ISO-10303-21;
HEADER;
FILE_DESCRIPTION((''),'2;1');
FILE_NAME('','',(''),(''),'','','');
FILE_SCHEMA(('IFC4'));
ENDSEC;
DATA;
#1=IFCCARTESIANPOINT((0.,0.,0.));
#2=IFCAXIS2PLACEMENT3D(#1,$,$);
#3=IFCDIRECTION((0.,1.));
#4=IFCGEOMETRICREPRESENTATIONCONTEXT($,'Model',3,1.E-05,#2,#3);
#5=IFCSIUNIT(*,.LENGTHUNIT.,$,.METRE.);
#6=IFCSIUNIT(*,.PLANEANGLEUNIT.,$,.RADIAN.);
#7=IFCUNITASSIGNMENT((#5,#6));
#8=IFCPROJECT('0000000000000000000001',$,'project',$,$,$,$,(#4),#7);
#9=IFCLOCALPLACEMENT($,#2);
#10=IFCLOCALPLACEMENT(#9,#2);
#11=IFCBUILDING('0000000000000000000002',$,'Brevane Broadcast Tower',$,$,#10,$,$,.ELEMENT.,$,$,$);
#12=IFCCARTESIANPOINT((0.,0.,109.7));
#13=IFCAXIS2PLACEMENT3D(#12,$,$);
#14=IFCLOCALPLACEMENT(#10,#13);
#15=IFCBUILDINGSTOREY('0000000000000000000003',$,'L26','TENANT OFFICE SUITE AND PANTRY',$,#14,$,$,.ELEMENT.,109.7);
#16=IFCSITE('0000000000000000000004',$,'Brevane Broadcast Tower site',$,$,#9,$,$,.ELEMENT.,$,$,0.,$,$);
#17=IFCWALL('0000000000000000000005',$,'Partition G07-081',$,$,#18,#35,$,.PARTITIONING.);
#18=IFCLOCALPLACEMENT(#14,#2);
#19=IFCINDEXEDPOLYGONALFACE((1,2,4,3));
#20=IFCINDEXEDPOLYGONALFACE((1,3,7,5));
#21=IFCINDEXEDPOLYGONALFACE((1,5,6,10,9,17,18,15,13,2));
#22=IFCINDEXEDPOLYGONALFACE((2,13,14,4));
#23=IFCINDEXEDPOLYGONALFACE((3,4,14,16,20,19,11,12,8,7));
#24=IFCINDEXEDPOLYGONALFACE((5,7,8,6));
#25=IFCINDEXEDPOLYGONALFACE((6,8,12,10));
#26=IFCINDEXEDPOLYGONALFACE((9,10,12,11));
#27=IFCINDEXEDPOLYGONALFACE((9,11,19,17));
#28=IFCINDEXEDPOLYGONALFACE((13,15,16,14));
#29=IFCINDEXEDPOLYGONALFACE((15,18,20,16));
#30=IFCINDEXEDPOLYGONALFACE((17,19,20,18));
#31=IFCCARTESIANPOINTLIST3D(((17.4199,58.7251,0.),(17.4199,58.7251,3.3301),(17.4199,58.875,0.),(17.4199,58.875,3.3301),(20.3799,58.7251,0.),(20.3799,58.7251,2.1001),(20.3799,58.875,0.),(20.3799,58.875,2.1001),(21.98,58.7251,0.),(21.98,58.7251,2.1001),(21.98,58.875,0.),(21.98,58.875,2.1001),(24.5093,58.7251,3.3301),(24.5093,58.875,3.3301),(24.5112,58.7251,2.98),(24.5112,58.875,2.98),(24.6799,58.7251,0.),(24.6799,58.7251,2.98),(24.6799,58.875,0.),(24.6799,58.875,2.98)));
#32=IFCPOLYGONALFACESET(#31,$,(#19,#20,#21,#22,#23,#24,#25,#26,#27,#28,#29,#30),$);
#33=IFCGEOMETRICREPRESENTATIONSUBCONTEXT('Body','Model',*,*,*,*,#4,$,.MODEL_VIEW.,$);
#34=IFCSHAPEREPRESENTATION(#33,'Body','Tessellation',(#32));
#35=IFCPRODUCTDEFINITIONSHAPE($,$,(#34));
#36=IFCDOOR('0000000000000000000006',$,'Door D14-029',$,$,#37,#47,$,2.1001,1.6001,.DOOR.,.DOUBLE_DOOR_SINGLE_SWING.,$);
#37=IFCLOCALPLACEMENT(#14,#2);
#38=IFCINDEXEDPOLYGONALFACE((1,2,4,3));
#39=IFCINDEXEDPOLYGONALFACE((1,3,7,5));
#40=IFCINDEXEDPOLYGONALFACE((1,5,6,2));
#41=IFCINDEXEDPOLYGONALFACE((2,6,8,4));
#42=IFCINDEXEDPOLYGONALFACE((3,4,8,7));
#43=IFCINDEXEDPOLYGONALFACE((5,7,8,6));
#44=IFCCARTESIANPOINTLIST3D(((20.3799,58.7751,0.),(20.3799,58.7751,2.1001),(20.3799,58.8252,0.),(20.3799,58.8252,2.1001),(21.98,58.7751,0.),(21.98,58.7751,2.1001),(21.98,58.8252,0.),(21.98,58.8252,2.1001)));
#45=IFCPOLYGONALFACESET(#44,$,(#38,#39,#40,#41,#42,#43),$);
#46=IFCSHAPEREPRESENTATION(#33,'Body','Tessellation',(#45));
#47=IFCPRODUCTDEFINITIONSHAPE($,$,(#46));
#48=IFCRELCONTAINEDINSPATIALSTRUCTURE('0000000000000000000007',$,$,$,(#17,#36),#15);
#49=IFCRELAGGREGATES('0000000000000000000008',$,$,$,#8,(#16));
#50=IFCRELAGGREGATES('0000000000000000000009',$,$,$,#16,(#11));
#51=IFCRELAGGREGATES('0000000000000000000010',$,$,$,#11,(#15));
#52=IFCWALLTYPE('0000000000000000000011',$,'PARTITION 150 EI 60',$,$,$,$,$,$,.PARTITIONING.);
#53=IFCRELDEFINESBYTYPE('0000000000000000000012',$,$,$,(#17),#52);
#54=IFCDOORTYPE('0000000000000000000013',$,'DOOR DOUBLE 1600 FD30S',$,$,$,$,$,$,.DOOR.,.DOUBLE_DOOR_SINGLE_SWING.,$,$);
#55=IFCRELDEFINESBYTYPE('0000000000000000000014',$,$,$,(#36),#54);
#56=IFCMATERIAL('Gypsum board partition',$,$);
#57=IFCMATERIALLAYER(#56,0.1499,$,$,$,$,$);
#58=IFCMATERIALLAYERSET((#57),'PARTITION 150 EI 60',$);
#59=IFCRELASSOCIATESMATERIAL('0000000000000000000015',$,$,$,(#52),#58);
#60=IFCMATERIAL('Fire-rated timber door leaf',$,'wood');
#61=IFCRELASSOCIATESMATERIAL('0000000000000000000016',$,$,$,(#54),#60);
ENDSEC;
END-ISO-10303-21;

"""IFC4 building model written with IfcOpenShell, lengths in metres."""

from ifc_helpers import new_model, si_unit, direction, frame, frame_2d, origin, place, context, subcontext, project, spatial, polyline, rectangle, outline, extrude, material, layer, layer_set, type_object, element, fill, save


model = new_model("IFC4")

# Units and contexts
model_context = context("Model", 3, precision=1e-05, world=origin(), true_north=direction((0.0, 1.0)))
body_context = subcontext(model_context, "Body", "Model", "MODEL_VIEW")
ifc_project = project(units=[si_unit("LENGTHUNIT", "METRE"), si_unit("PLANEANGLEUNIT", "RADIAN")], contexts=[model_context])

# Site, building, storey
site_placement = place(None, origin())
site = spatial("IfcSite", under=ifc_project, at=site_placement, Name="Brevane Broadcast Tower site", CompositionType="ELEMENT", RefElevation=0.0)
building_placement = place(site_placement, origin())
building = spatial("IfcBuilding", under=site, at=building_placement, Name="Brevane Broadcast Tower", CompositionType="ELEMENT")
storey_placement = place(building_placement, frame((0.0, 0.0, 109.7)))
storey = spatial("IfcBuildingStorey", under=building, at=storey_placement, Name="L26", Description="TENANT OFFICE SUITE AND PANTRY", CompositionType="ELEMENT", Elevation=109.7)

# Shared definitions
ifc_material_1 = material(Name="Gypsum board partition")
ifc_layer_1 = layer(ifc_material_1, 0.1499)
ifc_layer_set_1 = layer_set([ifc_layer_1], Name="PARTITION 150 EI 60")
wall_type_1 = type_object("IfcWallType", Name="PARTITION 150 EI 60", PredefinedType="PARTITIONING", material=ifc_layer_set_1)

# Wall, opening, door
wall_1_placement = place(storey_placement, frame((24.6799, 58.8, 0.0), z_axis=(0.0, 0.0, 1.0), x_axis=(-1.0, 0.0, 0.0)))
wall_1 = element("IfcWall", 1, at=wall_1_placement, inside=storey, type_object=wall_type_1, Name="Partition G07-081", PredefinedType="PARTITIONING", context=body_context, shape_type="SweptSolid", body=[
    extrude(outline(polyline([(0.0, 0.0), (7.26, 0.0), (7.26, 3.3301), (0.1707, 3.3301), (0.1687, 2.98), (0.0, 2.98), (0.0, 0.0)])), frame((0.0, 0.075, 0.0), z_axis=(0.0, -1.0, 0.0), x_axis=(1.0, 0.0, 0.0)), (0.0, 0.0, 1.0), 0.1499),
])
opening_placement = place(wall_1_placement, frame((2.7, 0.0, 0.0)))
opening = element("IfcOpeningElement", 2, at=opening_placement, cuts=wall_1, PredefinedType="OPENING", context=body_context, shape_type="SweptSolid", body=[
    extrude(rectangle(XDim=1.6001, YDim=2.1001, at=frame_2d((0.8, 1.05))), frame((0.0, 0.085, 0.0), z_axis=(0.0, -1.0, 0.0), x_axis=(1.0, 0.0, 0.0)), (0.0, 0.0, 1.0), 0.1699),
])
ifc_material_2 = material(Name="Fire-rated timber door leaf", Category="wood")
door_type = type_object("IfcDoorType", Name="DOOR DOUBLE 1600 FD30S", OperationType="DOUBLE_DOOR_SINGLE_SWING", PredefinedType="DOOR", material=ifc_material_2)
door_placement = place(opening_placement, origin())
door = element("IfcDoor", 3, at=door_placement, inside=storey, type_object=door_type, Name="Door D14-029", OperationType="DOUBLE_DOOR_SINGLE_SWING", OverallHeight=2.1001, OverallWidth=1.6001, PredefinedType="DOOR", context=body_context, shape_type="SweptSolid", body=[
    extrude(rectangle(XDim=1.6001, YDim=2.1001, at=frame_2d((0.8, 1.05))), frame((0.0, 0.0249, 0.0), z_axis=(0.0, -1.0, 0.0), x_axis=(1.0, 0.0, 0.0)), (0.0, 0.0, 1.0), 0.05),
])
fill(opening, door)

save(model, "model.ifc")
